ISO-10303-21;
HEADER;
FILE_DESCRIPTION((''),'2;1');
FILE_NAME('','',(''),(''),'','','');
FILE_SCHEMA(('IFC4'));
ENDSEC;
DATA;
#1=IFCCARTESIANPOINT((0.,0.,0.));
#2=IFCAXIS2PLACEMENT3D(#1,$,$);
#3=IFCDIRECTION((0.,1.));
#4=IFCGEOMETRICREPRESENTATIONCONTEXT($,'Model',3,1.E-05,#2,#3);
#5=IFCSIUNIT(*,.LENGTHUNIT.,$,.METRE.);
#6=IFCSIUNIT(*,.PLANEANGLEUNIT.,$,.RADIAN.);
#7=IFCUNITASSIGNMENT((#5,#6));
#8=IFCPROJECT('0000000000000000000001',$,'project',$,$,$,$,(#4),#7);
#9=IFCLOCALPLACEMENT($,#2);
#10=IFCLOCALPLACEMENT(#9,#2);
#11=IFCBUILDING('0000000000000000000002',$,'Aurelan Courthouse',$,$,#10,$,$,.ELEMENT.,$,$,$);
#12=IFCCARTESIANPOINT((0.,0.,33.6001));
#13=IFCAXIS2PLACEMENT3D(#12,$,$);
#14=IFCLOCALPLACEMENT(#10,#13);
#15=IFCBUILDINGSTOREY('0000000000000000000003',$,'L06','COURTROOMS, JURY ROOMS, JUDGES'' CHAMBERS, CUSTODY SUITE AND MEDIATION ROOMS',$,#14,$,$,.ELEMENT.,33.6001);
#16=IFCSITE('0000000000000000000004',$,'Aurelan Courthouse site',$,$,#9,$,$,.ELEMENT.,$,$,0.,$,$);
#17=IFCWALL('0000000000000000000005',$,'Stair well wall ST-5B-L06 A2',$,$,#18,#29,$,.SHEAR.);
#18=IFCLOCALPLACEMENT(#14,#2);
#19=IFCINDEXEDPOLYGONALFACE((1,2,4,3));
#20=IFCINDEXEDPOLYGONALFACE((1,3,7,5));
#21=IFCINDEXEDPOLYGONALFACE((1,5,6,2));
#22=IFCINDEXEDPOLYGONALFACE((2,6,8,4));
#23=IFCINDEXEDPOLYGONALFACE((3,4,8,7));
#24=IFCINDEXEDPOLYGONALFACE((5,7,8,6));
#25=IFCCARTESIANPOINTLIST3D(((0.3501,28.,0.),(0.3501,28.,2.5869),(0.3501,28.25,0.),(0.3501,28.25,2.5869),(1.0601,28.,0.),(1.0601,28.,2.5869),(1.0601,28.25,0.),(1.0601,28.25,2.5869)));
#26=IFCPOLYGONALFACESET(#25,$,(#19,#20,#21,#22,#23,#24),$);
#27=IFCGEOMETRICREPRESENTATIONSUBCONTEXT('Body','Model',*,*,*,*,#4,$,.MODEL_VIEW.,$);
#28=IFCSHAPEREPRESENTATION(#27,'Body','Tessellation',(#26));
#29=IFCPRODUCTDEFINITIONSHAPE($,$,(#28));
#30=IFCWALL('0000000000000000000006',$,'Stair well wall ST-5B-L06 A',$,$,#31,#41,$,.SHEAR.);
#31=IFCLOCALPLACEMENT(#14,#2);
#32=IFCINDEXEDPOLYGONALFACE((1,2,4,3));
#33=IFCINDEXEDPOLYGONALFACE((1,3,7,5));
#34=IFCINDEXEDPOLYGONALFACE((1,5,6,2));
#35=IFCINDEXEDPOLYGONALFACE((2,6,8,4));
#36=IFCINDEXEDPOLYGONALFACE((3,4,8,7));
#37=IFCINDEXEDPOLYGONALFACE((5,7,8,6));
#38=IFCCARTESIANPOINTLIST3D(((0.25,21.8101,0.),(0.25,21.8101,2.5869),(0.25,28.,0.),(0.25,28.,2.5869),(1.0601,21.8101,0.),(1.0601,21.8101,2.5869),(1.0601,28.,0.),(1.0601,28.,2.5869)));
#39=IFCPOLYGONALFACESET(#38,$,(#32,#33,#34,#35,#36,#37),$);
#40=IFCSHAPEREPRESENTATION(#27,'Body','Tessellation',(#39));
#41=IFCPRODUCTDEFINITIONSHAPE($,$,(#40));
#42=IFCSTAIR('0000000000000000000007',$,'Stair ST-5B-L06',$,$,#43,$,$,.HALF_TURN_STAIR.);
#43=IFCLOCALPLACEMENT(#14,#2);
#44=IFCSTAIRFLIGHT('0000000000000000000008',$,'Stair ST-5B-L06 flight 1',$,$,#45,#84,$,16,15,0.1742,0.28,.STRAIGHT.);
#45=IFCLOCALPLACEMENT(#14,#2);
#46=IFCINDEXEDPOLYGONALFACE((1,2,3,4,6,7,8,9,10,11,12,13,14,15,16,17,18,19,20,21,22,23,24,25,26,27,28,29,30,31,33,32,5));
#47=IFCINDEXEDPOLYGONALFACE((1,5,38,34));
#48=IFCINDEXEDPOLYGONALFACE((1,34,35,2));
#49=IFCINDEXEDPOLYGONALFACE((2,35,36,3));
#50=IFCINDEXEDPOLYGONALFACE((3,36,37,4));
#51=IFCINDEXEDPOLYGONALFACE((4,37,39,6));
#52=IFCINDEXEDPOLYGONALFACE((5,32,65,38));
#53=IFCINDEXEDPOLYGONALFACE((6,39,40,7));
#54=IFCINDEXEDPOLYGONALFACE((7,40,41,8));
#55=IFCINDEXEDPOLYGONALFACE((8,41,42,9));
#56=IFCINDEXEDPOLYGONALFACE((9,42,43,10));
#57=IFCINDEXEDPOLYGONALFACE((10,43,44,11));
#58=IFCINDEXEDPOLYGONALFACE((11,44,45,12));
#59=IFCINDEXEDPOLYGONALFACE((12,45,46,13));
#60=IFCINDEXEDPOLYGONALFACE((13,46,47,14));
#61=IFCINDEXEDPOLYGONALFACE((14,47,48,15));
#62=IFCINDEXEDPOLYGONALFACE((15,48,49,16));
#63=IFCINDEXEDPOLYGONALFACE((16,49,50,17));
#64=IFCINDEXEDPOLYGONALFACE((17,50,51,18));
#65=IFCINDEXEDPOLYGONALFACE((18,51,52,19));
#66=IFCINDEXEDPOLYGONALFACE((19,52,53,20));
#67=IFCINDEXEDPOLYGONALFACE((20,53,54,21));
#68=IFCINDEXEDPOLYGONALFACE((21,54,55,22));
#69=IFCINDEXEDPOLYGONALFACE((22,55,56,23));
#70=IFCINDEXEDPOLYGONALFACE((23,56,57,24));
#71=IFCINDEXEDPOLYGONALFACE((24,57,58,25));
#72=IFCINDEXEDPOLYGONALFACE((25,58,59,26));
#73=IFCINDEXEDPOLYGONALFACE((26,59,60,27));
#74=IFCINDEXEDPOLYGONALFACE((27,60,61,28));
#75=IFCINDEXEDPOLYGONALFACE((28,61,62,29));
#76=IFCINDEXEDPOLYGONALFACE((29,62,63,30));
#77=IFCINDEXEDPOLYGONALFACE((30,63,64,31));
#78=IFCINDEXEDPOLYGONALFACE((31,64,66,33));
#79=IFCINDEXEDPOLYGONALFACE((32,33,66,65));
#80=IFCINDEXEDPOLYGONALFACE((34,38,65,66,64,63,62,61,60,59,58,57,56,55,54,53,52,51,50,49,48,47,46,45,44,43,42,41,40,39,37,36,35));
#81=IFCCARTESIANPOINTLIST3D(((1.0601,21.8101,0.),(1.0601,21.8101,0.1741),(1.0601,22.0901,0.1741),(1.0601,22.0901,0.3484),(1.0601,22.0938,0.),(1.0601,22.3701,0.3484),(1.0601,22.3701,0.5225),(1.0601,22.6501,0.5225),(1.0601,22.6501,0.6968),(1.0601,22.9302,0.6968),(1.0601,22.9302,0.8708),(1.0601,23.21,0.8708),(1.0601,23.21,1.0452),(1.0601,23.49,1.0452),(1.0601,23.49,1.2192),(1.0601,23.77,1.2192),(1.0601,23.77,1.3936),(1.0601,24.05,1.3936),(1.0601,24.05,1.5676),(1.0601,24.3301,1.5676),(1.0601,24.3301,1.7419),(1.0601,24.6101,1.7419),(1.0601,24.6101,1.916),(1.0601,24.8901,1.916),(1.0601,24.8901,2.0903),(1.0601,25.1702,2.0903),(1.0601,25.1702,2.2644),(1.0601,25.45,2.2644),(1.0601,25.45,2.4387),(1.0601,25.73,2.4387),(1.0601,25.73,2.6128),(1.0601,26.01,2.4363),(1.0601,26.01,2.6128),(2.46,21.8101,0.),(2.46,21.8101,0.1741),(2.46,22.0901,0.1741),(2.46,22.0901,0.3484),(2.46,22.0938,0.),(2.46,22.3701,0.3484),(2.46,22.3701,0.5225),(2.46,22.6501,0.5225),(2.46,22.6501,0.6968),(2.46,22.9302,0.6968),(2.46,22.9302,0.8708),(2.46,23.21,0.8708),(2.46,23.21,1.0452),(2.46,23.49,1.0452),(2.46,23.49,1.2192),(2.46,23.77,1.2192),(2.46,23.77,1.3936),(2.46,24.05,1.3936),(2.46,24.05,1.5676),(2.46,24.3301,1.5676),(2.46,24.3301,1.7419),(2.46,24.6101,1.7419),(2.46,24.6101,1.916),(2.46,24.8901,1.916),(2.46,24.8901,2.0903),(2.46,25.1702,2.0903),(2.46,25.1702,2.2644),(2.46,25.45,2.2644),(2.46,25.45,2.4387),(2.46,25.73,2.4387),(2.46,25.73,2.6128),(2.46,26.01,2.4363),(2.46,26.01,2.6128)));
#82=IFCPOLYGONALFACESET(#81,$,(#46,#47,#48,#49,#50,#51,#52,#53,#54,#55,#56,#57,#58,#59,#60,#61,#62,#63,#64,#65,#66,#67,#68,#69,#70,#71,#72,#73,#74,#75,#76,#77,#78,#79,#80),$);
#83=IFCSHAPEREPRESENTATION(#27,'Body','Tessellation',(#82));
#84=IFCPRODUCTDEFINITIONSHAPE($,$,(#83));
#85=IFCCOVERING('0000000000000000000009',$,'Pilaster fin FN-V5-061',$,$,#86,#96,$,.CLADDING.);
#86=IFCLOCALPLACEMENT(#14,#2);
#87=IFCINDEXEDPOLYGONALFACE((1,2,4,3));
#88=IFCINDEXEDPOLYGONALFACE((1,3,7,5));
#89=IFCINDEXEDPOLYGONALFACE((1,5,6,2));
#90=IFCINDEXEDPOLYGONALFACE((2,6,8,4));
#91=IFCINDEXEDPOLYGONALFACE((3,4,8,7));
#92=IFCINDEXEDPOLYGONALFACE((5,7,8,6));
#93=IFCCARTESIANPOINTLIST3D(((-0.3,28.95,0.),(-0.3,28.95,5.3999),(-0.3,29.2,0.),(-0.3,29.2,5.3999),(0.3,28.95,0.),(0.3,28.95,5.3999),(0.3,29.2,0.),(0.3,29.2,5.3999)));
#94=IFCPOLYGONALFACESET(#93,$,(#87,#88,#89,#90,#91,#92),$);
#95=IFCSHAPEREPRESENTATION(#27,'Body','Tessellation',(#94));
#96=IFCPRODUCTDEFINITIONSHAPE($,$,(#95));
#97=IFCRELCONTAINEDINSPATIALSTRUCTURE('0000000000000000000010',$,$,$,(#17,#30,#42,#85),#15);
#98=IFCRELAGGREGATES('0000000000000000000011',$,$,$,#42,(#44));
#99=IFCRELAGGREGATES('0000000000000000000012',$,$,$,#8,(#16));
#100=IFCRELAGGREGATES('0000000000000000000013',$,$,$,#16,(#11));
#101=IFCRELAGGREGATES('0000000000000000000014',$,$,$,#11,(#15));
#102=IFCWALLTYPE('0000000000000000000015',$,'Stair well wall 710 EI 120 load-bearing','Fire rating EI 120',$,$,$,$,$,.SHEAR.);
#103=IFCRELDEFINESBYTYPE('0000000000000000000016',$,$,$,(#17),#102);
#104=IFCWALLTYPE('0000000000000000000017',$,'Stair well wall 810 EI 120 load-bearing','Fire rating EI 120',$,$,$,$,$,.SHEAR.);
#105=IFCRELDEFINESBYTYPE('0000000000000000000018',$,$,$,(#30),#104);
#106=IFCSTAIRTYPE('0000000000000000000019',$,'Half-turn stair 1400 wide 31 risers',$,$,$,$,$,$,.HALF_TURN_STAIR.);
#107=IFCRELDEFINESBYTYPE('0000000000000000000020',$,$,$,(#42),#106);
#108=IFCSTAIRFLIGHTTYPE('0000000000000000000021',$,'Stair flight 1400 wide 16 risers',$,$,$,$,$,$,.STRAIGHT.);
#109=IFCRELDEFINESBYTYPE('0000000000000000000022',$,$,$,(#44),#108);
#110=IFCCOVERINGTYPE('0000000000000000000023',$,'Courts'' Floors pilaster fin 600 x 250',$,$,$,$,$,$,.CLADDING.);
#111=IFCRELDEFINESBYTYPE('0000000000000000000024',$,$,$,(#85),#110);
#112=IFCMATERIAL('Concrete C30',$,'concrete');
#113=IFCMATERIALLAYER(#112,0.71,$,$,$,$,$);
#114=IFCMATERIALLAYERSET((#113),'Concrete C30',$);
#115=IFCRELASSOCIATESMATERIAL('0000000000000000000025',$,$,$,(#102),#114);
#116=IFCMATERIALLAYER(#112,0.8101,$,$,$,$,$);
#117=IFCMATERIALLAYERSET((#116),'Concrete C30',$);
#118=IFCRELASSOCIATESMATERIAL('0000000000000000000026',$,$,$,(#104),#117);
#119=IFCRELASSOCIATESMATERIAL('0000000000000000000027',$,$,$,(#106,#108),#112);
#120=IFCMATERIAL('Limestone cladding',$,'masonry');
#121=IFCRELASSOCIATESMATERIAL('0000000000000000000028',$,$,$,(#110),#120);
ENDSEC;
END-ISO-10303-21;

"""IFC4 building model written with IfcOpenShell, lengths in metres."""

from ifc_helpers import new_model, si_unit, direction, frame, frame_2d, origin, origin_2d, place, context, subcontext, project, spatial, polyline, rectangle, outline, extrude, material, layer, layer_set, type_object, element, aggregate, save


model = new_model("IFC4")

# Units and contexts
model_context = context("Model", 3, precision=1e-05, world=origin(), true_north=direction((0.0, 1.0)))
body_context = subcontext(model_context, "Body", "Model", "MODEL_VIEW")
ifc_project = project(units=[si_unit("LENGTHUNIT", "METRE"), si_unit("PLANEANGLEUNIT", "RADIAN")], contexts=[model_context])

# Site, building, storey
site_placement = place(None, origin())
site = spatial("IfcSite", under=ifc_project, at=site_placement, Name="Aurelan Courthouse site", CompositionType="ELEMENT", RefElevation=0.0)
building_placement = place(site_placement, origin())
building = spatial("IfcBuilding", under=site, at=building_placement, Name="Aurelan Courthouse", CompositionType="ELEMENT")
storey_placement = place(building_placement, frame((0.0, 0.0, 33.6001)))
storey = spatial("IfcBuildingStorey", under=building, at=storey_placement, Name="L06", Description="COURTROOMS, JURY ROOMS, JUDGES' CHAMBERS, CUSTODY SUITE AND MEDIATION ROOMS", CompositionType="ELEMENT", Elevation=33.6001)

# Shared definitions
ifc_material_1 = material(Name="Limestone cladding", Category="masonry")
ifc_material_2 = material(Name="Concrete C30", Category="concrete")

# Walls
ifc_layer_1 = layer(ifc_material_2, 0.71)
ifc_layer_set_1 = layer_set([ifc_layer_1], Name="Concrete C30")
wall_type_1 = type_object("IfcWallType", Name="Stair well wall 710 EI 120 load-bearing", Description="Fire rating EI 120", PredefinedType="SHEAR", material=ifc_layer_set_1)
wall_1_placement = place(storey_placement, frame((0.7051, 28.0, 0.0), z_axis=(0.0, 0.0, 1.0), x_axis=(0.0, 1.0, 0.0)))
element("IfcWall", 1, at=wall_1_placement, inside=storey, type_object=wall_type_1, Name="Stair well wall ST-5B-L06 A2", PredefinedType="SHEAR", context=body_context, shape_type="SweptSolid", body=[
    extrude(rectangle(XDim=0.25, YDim=0.71, at=frame_2d((0.125, 0.0))), origin(), (0.0, 0.0, 1.0), 2.5869),
])
ifc_layer_2 = layer(ifc_material_2, 0.8101)
ifc_layer_set_2 = layer_set([ifc_layer_2], Name="Concrete C30")
wall_type_2 = type_object("IfcWallType", Name="Stair well wall 810 EI 120 load-bearing", Description="Fire rating EI 120", PredefinedType="SHEAR", material=ifc_layer_set_2)
wall_2_placement = place(storey_placement, frame((0.655, 21.8101, 0.0), z_axis=(0.0, 0.0, 1.0), x_axis=(0.0, 1.0, 0.0)))
element("IfcWall", 2, at=wall_2_placement, inside=storey, type_object=wall_type_2, Name="Stair well wall ST-5B-L06 A", PredefinedType="SHEAR", context=body_context, shape_type="SweptSolid", body=[
    extrude(rectangle(XDim=6.1899, YDim=0.8101, at=frame_2d((3.095, 0.0))), origin(), (0.0, 0.0, 1.0), 2.5869),
])

# Stair, stair flight
stair_type = type_object("IfcStairType", Name="Half-turn stair 1400 wide 31 risers", PredefinedType="HALF_TURN_STAIR", material=ifc_material_2)
stair_placement = place(storey_placement, origin())
stair = element("IfcStair", 3, at=stair_placement, inside=storey, type_object=stair_type, Name="Stair ST-5B-L06", PredefinedType="HALF_TURN_STAIR")
stair_flight_type = type_object("IfcStairFlightType", Name="Stair flight 1400 wide 16 risers", PredefinedType="STRAIGHT", material=ifc_material_2)
stair_flight_placement = place(storey_placement, frame((1.76, 21.8101, 0.0), z_axis=(0.0, 0.0, 1.0), x_axis=(0.0, 1.0, 0.0)))
stair_flight = element("IfcStairFlight", 4, at=stair_flight_placement, type_object=stair_flight_type, Name="Stair ST-5B-L06 flight 1", NumberOfRisers=16, NumberOfTreads=15, PredefinedType="STRAIGHT", RiserHeight=0.1742, TreadLength=0.28, context=body_context, shape_type="SweptSolid", body=[
    extrude(outline(polyline([(0.0, 0.0), (0.0, 0.1741), (0.28, 0.1741), (0.28, 0.3484), (0.5601, 0.3484), (0.5601, 0.5225), (0.8401, 0.5225), (0.8401, 0.6968), (1.1201, 0.6968), (1.1201, 0.8708), (1.3999, 0.8708), (1.3999, 1.0452), (1.6799, 1.0452), (1.6799, 1.2192), (1.96, 1.2192), (1.96, 1.3936), (2.24, 1.3936), (2.24, 1.5676), (2.52, 1.5676), (2.52, 1.7419), (2.8, 1.7419), (2.8, 1.916), (3.0801, 1.916), (3.0801, 2.0903), (3.3601, 2.0903), (3.3601, 2.2644), (3.6399, 2.2644), (3.6399, 2.4387), (3.9199, 2.4387), (3.9199, 2.6128), (4.2, 2.6128), (4.2, 2.7871), (4.2, 2.4363), (0.2837, 0.0), (0.0, 0.0)])), frame((0.0, 0.7, 0.0), z_axis=(0.0, -1.0, 0.0), x_axis=(1.0, 0.0, 0.0)), (0.0, 0.0, 1.0), 1.3999),
])
aggregate(stair, [stair_flight])

# Covering
covering_type = type_object("IfcCoveringType", Name="Courts' Floors pilaster fin 600 x 250", PredefinedType="CLADDING", material=ifc_material_1)
covering_placement = place(storey_placement, frame((0.0, 29.075, 0.0), z_axis=(0.0, 0.0, 1.0), x_axis=(1.0, 0.0, 0.0)))
element("IfcCovering", 5, at=covering_placement, inside=storey, type_object=covering_type, Name="Pilaster fin FN-V5-061", PredefinedType="CLADDING", context=body_context, shape_type="SweptSolid", body=[
    extrude(rectangle(XDim=0.6001, YDim=0.25, at=origin_2d()), origin(), (0.0, 0.0, 1.0), 5.3999),
])

save(model, "model.ifc")
